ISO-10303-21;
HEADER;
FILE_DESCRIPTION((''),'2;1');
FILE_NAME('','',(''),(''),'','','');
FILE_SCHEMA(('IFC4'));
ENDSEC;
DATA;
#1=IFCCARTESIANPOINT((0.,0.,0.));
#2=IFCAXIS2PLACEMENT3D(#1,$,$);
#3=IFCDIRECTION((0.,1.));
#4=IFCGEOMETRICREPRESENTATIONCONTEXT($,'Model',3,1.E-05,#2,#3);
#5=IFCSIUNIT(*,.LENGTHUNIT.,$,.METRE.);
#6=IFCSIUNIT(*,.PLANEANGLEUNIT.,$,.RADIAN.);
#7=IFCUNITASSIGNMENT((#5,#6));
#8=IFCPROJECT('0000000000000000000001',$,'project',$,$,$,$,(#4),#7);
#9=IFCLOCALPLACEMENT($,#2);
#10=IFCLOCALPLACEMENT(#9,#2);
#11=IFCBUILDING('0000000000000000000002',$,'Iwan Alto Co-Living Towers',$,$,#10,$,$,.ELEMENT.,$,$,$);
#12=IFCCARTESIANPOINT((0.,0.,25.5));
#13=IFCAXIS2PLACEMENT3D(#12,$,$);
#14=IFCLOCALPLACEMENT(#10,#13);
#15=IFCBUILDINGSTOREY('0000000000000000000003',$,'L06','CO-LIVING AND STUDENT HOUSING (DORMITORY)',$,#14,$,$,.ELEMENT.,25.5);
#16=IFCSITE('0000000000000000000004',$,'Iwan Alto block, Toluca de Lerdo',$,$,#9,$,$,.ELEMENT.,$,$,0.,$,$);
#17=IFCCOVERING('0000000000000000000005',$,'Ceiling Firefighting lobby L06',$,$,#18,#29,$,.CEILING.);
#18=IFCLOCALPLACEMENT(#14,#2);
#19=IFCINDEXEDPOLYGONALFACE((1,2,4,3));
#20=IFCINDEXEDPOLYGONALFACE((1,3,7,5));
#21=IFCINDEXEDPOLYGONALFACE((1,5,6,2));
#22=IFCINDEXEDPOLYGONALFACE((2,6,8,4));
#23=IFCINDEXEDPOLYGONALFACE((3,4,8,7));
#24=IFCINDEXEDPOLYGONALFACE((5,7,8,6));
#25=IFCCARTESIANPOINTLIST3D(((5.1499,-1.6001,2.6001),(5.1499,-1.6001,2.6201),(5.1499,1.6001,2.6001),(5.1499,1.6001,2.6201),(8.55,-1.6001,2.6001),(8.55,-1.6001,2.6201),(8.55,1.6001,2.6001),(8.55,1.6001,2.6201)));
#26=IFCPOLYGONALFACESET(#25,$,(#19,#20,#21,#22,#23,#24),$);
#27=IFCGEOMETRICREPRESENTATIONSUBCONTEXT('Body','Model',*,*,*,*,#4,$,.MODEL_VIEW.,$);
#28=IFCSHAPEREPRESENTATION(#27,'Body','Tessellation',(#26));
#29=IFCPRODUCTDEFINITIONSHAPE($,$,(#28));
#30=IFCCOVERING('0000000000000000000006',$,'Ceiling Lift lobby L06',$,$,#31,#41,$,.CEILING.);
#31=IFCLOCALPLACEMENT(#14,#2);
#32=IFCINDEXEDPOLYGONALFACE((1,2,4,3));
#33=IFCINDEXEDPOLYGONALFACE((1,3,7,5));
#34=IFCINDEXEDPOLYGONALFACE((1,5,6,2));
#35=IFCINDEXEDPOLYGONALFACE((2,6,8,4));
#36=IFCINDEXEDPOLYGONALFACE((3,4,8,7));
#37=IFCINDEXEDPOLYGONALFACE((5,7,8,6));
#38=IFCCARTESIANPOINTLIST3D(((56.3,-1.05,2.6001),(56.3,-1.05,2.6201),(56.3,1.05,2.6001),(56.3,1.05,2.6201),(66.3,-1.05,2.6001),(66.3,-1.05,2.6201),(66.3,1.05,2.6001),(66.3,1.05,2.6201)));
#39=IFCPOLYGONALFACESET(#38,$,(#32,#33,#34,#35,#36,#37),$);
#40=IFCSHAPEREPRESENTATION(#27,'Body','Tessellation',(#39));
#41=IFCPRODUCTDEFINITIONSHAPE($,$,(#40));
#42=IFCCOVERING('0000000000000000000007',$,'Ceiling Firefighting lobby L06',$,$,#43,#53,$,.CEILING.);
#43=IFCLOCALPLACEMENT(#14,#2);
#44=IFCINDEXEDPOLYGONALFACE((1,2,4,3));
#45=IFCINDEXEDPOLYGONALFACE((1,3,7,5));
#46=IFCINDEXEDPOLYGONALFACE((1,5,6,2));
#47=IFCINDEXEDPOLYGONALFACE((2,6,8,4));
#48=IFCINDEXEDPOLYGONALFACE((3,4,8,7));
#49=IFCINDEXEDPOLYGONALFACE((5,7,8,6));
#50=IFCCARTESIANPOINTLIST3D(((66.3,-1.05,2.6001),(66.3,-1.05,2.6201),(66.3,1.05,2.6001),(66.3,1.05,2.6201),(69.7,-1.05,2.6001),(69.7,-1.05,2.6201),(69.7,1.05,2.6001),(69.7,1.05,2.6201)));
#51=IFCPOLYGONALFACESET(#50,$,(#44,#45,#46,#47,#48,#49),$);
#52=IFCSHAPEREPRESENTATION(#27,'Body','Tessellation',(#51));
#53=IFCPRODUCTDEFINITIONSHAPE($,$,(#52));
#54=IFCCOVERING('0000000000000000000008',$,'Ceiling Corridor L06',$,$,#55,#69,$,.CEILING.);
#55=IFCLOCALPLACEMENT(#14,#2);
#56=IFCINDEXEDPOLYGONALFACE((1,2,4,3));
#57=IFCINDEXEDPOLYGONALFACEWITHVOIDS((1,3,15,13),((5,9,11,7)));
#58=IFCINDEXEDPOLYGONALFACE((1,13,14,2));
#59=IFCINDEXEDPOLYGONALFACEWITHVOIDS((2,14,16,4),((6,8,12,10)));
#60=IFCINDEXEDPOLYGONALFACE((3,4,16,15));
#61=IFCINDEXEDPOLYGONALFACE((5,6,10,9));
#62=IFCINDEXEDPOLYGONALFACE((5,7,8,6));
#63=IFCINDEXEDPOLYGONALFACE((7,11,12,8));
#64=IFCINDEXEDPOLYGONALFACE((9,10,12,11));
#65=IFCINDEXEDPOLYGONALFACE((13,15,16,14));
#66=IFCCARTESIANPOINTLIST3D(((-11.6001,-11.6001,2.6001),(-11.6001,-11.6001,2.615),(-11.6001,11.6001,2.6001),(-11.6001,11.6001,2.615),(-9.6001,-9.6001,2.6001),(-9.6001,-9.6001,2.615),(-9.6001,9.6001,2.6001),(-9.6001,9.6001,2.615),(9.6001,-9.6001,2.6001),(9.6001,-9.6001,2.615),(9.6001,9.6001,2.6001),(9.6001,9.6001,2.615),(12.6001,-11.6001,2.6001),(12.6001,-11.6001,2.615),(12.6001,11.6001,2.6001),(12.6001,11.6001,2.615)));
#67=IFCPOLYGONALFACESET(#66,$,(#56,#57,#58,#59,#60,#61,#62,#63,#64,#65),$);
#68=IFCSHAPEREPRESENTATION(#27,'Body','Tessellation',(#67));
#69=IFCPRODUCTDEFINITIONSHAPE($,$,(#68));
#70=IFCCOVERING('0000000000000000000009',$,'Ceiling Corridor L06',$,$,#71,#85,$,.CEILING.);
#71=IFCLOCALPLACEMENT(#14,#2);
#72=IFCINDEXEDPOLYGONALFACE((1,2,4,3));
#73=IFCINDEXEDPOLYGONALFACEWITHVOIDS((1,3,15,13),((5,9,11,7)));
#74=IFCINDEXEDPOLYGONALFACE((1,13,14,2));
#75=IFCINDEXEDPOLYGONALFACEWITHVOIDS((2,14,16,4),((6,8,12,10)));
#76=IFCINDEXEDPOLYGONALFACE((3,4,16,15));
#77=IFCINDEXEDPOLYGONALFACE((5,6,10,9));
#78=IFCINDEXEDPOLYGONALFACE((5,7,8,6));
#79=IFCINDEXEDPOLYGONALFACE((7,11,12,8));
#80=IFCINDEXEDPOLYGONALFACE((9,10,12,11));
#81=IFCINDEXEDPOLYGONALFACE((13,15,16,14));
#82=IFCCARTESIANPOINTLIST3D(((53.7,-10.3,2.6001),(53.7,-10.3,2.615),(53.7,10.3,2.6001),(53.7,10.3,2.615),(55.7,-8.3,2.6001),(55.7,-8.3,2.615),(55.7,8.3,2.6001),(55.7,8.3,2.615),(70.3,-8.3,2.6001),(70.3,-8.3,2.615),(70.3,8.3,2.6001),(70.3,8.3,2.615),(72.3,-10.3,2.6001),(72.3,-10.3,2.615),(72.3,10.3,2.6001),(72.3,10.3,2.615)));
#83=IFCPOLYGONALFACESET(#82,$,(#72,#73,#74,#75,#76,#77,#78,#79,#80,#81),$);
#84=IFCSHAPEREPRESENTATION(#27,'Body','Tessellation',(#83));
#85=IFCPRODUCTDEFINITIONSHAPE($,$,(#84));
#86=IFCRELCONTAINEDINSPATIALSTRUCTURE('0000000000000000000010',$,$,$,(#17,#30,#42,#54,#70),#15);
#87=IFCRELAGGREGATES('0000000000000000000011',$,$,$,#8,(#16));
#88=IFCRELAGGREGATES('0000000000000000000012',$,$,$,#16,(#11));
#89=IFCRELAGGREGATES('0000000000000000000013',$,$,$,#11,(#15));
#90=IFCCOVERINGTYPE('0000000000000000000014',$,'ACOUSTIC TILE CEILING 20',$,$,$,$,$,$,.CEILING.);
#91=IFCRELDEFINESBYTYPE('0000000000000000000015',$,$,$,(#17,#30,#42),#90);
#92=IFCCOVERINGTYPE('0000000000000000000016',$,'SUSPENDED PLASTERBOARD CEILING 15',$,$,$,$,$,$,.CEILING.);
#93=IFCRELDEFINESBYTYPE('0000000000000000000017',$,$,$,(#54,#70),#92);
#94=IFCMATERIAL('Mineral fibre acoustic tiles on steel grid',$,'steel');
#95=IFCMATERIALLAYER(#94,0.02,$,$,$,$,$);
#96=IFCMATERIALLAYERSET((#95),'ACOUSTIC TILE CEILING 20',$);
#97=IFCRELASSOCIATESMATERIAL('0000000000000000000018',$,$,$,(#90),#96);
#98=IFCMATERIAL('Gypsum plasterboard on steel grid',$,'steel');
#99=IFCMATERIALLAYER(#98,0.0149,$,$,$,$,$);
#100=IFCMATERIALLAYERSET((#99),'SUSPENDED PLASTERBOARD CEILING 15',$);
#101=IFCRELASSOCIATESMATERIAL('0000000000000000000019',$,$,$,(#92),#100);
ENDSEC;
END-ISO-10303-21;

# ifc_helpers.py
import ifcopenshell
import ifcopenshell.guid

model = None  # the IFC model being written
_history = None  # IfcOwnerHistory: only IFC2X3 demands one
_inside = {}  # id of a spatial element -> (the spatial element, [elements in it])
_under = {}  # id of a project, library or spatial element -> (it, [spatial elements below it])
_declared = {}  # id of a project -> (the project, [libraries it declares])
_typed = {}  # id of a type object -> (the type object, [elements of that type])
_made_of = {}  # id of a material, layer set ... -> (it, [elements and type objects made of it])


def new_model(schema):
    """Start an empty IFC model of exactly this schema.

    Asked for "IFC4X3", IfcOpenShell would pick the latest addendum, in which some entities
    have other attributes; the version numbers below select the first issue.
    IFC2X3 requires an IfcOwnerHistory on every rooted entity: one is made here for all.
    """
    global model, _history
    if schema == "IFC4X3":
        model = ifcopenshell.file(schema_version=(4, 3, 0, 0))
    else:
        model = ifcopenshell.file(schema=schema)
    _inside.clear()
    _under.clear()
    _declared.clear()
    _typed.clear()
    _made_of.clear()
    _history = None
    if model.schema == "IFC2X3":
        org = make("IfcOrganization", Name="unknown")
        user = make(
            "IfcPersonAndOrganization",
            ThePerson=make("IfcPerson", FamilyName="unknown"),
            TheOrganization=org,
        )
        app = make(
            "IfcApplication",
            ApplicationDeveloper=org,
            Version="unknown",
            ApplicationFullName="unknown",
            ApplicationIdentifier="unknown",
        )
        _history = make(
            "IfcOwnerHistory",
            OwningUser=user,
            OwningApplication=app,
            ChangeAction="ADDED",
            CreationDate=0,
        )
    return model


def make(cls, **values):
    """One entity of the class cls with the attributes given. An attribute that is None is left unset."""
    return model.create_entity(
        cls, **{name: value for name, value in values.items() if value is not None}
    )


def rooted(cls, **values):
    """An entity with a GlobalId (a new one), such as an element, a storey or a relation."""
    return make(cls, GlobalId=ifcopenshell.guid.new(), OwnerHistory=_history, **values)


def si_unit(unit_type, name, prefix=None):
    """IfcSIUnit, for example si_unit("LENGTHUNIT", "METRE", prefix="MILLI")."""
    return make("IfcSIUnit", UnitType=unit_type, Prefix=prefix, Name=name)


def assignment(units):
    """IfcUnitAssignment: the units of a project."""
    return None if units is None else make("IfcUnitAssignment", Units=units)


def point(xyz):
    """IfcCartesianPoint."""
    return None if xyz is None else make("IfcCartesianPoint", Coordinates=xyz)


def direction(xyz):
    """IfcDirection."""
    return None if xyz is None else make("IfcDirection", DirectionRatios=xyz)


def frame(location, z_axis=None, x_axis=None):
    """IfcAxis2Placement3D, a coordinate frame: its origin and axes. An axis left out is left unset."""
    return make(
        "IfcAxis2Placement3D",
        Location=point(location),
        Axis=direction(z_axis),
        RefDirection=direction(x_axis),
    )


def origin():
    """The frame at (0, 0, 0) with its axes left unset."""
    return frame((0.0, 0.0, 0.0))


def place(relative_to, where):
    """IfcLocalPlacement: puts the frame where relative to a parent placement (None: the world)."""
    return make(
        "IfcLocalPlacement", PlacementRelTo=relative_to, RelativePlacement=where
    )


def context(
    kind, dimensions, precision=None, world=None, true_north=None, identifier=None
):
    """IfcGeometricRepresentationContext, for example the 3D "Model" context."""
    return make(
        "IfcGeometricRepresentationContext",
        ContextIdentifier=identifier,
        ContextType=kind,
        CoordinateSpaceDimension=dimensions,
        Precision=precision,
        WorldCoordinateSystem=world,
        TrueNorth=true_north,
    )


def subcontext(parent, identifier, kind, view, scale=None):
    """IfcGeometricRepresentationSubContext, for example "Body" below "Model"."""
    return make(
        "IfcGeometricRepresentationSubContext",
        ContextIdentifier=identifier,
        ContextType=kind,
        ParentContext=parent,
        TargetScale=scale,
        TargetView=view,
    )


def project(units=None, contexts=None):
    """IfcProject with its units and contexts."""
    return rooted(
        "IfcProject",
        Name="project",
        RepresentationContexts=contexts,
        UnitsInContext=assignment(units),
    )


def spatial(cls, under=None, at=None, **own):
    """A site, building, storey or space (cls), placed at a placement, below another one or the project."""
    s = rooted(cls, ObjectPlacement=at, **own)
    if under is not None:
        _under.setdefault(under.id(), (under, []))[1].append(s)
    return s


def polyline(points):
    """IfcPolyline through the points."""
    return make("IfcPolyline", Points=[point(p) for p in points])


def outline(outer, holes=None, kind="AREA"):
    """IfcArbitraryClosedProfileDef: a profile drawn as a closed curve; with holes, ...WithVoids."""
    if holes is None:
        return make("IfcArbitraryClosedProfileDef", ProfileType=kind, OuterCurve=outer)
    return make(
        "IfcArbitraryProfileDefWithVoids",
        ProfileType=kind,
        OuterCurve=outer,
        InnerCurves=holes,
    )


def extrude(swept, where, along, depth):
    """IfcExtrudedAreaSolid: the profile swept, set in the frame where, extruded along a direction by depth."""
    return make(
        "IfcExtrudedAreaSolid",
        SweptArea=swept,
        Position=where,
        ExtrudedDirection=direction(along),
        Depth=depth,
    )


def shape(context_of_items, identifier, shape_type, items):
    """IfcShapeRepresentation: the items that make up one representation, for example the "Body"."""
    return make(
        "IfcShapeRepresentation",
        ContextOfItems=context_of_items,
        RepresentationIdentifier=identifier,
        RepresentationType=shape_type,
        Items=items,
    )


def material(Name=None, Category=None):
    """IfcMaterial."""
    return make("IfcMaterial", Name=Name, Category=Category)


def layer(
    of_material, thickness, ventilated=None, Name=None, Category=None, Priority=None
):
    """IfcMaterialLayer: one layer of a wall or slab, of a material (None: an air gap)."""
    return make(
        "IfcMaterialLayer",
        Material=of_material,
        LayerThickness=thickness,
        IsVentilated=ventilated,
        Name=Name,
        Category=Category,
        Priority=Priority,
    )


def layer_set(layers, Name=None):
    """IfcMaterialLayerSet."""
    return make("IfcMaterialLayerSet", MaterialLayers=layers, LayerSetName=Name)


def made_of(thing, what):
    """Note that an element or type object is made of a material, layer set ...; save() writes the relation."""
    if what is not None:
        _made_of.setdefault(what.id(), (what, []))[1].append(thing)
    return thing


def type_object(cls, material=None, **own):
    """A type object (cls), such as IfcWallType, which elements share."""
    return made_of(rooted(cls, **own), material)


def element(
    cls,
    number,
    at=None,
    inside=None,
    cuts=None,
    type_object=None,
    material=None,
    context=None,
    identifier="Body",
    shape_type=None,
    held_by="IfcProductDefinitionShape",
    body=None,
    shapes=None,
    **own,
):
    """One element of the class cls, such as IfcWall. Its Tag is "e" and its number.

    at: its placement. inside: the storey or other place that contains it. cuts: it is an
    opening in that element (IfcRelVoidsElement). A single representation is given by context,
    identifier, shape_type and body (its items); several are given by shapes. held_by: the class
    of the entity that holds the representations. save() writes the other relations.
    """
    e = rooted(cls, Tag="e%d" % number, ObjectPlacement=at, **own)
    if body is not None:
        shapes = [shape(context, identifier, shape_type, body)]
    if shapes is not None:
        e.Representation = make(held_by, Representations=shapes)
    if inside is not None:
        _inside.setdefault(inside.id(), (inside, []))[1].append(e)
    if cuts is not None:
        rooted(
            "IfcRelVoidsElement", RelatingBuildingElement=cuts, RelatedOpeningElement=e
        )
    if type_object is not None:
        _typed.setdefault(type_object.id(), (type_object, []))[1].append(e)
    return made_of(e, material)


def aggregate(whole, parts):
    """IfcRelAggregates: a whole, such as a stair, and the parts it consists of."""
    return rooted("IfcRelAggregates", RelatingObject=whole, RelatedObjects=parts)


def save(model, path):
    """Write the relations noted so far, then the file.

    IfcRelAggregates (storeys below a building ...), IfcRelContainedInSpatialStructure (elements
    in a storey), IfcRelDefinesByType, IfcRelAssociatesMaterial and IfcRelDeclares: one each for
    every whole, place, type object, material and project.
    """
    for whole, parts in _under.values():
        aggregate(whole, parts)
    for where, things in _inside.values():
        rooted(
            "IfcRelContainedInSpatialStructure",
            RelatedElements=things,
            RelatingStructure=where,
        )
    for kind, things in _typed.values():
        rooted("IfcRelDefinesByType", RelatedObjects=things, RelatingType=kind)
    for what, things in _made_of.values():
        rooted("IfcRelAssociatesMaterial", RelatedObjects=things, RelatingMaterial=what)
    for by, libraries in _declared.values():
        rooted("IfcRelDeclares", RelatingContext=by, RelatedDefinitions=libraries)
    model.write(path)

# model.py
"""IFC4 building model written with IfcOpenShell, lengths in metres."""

from ifc_helpers import new_model, si_unit, direction, frame, origin, place, context, subcontext, project, spatial, polyline, outline, extrude, material, layer, layer_set, type_object, element, save


model = new_model("IFC4")

# Units and contexts
model_context = context("Model", 3, precision=1e-05, world=origin(), true_north=direction((0.0, 1.0)))
body_context = subcontext(model_context, "Body", "Model", "MODEL_VIEW")
ifc_project = project(units=[si_unit("LENGTHUNIT", "METRE"), si_unit("PLANEANGLEUNIT", "RADIAN")], contexts=[model_context])

# Site, building, storey
site_placement = place(None, origin())
site = spatial("IfcSite", under=ifc_project, at=site_placement, Name="Iwan Alto block, Toluca de Lerdo", CompositionType="ELEMENT", RefElevation=0.0)
building_placement = place(site_placement, origin())
building = spatial("IfcBuilding", under=site, at=building_placement, Name="Iwan Alto Co-Living Towers", CompositionType="ELEMENT")
storey_placement = place(building_placement, frame((0.0, 0.0, 25.5)))
storey = spatial("IfcBuildingStorey", under=building, at=storey_placement, Name="L06", Description="CO-LIVING AND STUDENT HOUSING (DORMITORY)", CompositionType="ELEMENT", Elevation=25.5)

# Coverings
ifc_material_1 = material(Name="Mineral fibre acoustic tiles on steel grid", Category="steel")
ifc_layer_1 = layer(ifc_material_1, 0.02)
ifc_layer_set_1 = layer_set([ifc_layer_1], Name="ACOUSTIC TILE CEILING 20")
covering_type_1 = type_object("IfcCoveringType", Name="ACOUSTIC TILE CEILING 20", PredefinedType="CEILING", material=ifc_layer_set_1)
covering_1_placement = place(storey_placement, frame((0.0, 0.0, 2.6001)))
element("IfcCovering", 1, at=covering_1_placement, inside=storey, type_object=covering_type_1, Name="Ceiling Firefighting lobby L06", PredefinedType="CEILING", context=body_context, shape_type="SweptSolid", body=[
    extrude(outline(polyline([(5.1499, -1.6001), (5.1499, 1.6001), (8.55, 1.6001), (8.55, -1.6001), (5.1499, -1.6001)])), origin(), (0.0, 0.0, 1.0), 0.02),
])
covering_2_placement = place(storey_placement, frame((0.0, 0.0, 2.6001)))
element("IfcCovering", 2, at=covering_2_placement, inside=storey, type_object=covering_type_1, Name="Ceiling Lift lobby L06", PredefinedType="CEILING", context=body_context, shape_type="SweptSolid", body=[
    extrude(outline(polyline([(56.3, -1.05), (56.3, 1.05), (66.3, 1.05), (66.3, -1.05), (56.3, -1.05)])), origin(), (0.0, 0.0, 1.0), 0.02),
])
covering_3_placement = place(storey_placement, frame((0.0, 0.0, 2.6001)))
element("IfcCovering", 3, at=covering_3_placement, inside=storey, type_object=covering_type_1, Name="Ceiling Firefighting lobby L06", PredefinedType="CEILING", context=body_context, shape_type="SweptSolid", body=[
    extrude(outline(polyline([(66.3, -1.05), (66.3, 1.05), (69.7, 1.05), (69.7, -1.05), (66.3, -1.05)])), origin(), (0.0, 0.0, 1.0), 0.02),
])
ifc_material_2 = material(Name="Gypsum plasterboard on steel grid", Category="steel")
ifc_layer_2 = layer(ifc_material_2, 0.0149)
ifc_layer_set_2 = layer_set([ifc_layer_2], Name="SUSPENDED PLASTERBOARD CEILING 15")
covering_type_2 = type_object("IfcCoveringType", Name="SUSPENDED PLASTERBOARD CEILING 15", PredefinedType="CEILING", material=ifc_layer_set_2)
covering_4_placement = place(storey_placement, frame((0.0, 0.0, 2.6001)))
element("IfcCovering", 4, at=covering_4_placement, inside=storey, type_object=covering_type_2, Name="Ceiling Corridor L06", PredefinedType="CEILING", context=body_context, shape_type="SweptSolid", body=[
    extrude(outline(polyline([(-11.6001, 11.6001), (12.6001, 11.6001), (12.6001, -11.6001), (-11.6001, -11.6001), (-11.6001, 11.6001)]), holes=[polyline([(-9.6001, 9.6001), (-9.6001, -9.6001), (9.6001, -9.6001), (9.6001, 9.6001), (-9.6001, 9.6001)])]), origin(), (0.0, 0.0, 1.0), 0.0149),
])
covering_5_placement = place(storey_placement, frame((0.0, 0.0, 2.6001)))
element("IfcCovering", 5, at=covering_5_placement, inside=storey, type_object=covering_type_2, Name="Ceiling Corridor L06", PredefinedType="CEILING", context=body_context, shape_type="SweptSolid", body=[
    extrude(outline(polyline([(53.7, 10.3), (72.3, 10.3), (72.3, -10.3), (53.7, -10.3), (53.7, 10.3)]), holes=[polyline([(55.7, 8.3), (55.7, -8.3), (70.3, -8.3), (70.3, 8.3), (55.7, 8.3)])]), origin(), (0.0, 0.0, 1.0), 0.0149),
])

save(model, "model.ifc")
